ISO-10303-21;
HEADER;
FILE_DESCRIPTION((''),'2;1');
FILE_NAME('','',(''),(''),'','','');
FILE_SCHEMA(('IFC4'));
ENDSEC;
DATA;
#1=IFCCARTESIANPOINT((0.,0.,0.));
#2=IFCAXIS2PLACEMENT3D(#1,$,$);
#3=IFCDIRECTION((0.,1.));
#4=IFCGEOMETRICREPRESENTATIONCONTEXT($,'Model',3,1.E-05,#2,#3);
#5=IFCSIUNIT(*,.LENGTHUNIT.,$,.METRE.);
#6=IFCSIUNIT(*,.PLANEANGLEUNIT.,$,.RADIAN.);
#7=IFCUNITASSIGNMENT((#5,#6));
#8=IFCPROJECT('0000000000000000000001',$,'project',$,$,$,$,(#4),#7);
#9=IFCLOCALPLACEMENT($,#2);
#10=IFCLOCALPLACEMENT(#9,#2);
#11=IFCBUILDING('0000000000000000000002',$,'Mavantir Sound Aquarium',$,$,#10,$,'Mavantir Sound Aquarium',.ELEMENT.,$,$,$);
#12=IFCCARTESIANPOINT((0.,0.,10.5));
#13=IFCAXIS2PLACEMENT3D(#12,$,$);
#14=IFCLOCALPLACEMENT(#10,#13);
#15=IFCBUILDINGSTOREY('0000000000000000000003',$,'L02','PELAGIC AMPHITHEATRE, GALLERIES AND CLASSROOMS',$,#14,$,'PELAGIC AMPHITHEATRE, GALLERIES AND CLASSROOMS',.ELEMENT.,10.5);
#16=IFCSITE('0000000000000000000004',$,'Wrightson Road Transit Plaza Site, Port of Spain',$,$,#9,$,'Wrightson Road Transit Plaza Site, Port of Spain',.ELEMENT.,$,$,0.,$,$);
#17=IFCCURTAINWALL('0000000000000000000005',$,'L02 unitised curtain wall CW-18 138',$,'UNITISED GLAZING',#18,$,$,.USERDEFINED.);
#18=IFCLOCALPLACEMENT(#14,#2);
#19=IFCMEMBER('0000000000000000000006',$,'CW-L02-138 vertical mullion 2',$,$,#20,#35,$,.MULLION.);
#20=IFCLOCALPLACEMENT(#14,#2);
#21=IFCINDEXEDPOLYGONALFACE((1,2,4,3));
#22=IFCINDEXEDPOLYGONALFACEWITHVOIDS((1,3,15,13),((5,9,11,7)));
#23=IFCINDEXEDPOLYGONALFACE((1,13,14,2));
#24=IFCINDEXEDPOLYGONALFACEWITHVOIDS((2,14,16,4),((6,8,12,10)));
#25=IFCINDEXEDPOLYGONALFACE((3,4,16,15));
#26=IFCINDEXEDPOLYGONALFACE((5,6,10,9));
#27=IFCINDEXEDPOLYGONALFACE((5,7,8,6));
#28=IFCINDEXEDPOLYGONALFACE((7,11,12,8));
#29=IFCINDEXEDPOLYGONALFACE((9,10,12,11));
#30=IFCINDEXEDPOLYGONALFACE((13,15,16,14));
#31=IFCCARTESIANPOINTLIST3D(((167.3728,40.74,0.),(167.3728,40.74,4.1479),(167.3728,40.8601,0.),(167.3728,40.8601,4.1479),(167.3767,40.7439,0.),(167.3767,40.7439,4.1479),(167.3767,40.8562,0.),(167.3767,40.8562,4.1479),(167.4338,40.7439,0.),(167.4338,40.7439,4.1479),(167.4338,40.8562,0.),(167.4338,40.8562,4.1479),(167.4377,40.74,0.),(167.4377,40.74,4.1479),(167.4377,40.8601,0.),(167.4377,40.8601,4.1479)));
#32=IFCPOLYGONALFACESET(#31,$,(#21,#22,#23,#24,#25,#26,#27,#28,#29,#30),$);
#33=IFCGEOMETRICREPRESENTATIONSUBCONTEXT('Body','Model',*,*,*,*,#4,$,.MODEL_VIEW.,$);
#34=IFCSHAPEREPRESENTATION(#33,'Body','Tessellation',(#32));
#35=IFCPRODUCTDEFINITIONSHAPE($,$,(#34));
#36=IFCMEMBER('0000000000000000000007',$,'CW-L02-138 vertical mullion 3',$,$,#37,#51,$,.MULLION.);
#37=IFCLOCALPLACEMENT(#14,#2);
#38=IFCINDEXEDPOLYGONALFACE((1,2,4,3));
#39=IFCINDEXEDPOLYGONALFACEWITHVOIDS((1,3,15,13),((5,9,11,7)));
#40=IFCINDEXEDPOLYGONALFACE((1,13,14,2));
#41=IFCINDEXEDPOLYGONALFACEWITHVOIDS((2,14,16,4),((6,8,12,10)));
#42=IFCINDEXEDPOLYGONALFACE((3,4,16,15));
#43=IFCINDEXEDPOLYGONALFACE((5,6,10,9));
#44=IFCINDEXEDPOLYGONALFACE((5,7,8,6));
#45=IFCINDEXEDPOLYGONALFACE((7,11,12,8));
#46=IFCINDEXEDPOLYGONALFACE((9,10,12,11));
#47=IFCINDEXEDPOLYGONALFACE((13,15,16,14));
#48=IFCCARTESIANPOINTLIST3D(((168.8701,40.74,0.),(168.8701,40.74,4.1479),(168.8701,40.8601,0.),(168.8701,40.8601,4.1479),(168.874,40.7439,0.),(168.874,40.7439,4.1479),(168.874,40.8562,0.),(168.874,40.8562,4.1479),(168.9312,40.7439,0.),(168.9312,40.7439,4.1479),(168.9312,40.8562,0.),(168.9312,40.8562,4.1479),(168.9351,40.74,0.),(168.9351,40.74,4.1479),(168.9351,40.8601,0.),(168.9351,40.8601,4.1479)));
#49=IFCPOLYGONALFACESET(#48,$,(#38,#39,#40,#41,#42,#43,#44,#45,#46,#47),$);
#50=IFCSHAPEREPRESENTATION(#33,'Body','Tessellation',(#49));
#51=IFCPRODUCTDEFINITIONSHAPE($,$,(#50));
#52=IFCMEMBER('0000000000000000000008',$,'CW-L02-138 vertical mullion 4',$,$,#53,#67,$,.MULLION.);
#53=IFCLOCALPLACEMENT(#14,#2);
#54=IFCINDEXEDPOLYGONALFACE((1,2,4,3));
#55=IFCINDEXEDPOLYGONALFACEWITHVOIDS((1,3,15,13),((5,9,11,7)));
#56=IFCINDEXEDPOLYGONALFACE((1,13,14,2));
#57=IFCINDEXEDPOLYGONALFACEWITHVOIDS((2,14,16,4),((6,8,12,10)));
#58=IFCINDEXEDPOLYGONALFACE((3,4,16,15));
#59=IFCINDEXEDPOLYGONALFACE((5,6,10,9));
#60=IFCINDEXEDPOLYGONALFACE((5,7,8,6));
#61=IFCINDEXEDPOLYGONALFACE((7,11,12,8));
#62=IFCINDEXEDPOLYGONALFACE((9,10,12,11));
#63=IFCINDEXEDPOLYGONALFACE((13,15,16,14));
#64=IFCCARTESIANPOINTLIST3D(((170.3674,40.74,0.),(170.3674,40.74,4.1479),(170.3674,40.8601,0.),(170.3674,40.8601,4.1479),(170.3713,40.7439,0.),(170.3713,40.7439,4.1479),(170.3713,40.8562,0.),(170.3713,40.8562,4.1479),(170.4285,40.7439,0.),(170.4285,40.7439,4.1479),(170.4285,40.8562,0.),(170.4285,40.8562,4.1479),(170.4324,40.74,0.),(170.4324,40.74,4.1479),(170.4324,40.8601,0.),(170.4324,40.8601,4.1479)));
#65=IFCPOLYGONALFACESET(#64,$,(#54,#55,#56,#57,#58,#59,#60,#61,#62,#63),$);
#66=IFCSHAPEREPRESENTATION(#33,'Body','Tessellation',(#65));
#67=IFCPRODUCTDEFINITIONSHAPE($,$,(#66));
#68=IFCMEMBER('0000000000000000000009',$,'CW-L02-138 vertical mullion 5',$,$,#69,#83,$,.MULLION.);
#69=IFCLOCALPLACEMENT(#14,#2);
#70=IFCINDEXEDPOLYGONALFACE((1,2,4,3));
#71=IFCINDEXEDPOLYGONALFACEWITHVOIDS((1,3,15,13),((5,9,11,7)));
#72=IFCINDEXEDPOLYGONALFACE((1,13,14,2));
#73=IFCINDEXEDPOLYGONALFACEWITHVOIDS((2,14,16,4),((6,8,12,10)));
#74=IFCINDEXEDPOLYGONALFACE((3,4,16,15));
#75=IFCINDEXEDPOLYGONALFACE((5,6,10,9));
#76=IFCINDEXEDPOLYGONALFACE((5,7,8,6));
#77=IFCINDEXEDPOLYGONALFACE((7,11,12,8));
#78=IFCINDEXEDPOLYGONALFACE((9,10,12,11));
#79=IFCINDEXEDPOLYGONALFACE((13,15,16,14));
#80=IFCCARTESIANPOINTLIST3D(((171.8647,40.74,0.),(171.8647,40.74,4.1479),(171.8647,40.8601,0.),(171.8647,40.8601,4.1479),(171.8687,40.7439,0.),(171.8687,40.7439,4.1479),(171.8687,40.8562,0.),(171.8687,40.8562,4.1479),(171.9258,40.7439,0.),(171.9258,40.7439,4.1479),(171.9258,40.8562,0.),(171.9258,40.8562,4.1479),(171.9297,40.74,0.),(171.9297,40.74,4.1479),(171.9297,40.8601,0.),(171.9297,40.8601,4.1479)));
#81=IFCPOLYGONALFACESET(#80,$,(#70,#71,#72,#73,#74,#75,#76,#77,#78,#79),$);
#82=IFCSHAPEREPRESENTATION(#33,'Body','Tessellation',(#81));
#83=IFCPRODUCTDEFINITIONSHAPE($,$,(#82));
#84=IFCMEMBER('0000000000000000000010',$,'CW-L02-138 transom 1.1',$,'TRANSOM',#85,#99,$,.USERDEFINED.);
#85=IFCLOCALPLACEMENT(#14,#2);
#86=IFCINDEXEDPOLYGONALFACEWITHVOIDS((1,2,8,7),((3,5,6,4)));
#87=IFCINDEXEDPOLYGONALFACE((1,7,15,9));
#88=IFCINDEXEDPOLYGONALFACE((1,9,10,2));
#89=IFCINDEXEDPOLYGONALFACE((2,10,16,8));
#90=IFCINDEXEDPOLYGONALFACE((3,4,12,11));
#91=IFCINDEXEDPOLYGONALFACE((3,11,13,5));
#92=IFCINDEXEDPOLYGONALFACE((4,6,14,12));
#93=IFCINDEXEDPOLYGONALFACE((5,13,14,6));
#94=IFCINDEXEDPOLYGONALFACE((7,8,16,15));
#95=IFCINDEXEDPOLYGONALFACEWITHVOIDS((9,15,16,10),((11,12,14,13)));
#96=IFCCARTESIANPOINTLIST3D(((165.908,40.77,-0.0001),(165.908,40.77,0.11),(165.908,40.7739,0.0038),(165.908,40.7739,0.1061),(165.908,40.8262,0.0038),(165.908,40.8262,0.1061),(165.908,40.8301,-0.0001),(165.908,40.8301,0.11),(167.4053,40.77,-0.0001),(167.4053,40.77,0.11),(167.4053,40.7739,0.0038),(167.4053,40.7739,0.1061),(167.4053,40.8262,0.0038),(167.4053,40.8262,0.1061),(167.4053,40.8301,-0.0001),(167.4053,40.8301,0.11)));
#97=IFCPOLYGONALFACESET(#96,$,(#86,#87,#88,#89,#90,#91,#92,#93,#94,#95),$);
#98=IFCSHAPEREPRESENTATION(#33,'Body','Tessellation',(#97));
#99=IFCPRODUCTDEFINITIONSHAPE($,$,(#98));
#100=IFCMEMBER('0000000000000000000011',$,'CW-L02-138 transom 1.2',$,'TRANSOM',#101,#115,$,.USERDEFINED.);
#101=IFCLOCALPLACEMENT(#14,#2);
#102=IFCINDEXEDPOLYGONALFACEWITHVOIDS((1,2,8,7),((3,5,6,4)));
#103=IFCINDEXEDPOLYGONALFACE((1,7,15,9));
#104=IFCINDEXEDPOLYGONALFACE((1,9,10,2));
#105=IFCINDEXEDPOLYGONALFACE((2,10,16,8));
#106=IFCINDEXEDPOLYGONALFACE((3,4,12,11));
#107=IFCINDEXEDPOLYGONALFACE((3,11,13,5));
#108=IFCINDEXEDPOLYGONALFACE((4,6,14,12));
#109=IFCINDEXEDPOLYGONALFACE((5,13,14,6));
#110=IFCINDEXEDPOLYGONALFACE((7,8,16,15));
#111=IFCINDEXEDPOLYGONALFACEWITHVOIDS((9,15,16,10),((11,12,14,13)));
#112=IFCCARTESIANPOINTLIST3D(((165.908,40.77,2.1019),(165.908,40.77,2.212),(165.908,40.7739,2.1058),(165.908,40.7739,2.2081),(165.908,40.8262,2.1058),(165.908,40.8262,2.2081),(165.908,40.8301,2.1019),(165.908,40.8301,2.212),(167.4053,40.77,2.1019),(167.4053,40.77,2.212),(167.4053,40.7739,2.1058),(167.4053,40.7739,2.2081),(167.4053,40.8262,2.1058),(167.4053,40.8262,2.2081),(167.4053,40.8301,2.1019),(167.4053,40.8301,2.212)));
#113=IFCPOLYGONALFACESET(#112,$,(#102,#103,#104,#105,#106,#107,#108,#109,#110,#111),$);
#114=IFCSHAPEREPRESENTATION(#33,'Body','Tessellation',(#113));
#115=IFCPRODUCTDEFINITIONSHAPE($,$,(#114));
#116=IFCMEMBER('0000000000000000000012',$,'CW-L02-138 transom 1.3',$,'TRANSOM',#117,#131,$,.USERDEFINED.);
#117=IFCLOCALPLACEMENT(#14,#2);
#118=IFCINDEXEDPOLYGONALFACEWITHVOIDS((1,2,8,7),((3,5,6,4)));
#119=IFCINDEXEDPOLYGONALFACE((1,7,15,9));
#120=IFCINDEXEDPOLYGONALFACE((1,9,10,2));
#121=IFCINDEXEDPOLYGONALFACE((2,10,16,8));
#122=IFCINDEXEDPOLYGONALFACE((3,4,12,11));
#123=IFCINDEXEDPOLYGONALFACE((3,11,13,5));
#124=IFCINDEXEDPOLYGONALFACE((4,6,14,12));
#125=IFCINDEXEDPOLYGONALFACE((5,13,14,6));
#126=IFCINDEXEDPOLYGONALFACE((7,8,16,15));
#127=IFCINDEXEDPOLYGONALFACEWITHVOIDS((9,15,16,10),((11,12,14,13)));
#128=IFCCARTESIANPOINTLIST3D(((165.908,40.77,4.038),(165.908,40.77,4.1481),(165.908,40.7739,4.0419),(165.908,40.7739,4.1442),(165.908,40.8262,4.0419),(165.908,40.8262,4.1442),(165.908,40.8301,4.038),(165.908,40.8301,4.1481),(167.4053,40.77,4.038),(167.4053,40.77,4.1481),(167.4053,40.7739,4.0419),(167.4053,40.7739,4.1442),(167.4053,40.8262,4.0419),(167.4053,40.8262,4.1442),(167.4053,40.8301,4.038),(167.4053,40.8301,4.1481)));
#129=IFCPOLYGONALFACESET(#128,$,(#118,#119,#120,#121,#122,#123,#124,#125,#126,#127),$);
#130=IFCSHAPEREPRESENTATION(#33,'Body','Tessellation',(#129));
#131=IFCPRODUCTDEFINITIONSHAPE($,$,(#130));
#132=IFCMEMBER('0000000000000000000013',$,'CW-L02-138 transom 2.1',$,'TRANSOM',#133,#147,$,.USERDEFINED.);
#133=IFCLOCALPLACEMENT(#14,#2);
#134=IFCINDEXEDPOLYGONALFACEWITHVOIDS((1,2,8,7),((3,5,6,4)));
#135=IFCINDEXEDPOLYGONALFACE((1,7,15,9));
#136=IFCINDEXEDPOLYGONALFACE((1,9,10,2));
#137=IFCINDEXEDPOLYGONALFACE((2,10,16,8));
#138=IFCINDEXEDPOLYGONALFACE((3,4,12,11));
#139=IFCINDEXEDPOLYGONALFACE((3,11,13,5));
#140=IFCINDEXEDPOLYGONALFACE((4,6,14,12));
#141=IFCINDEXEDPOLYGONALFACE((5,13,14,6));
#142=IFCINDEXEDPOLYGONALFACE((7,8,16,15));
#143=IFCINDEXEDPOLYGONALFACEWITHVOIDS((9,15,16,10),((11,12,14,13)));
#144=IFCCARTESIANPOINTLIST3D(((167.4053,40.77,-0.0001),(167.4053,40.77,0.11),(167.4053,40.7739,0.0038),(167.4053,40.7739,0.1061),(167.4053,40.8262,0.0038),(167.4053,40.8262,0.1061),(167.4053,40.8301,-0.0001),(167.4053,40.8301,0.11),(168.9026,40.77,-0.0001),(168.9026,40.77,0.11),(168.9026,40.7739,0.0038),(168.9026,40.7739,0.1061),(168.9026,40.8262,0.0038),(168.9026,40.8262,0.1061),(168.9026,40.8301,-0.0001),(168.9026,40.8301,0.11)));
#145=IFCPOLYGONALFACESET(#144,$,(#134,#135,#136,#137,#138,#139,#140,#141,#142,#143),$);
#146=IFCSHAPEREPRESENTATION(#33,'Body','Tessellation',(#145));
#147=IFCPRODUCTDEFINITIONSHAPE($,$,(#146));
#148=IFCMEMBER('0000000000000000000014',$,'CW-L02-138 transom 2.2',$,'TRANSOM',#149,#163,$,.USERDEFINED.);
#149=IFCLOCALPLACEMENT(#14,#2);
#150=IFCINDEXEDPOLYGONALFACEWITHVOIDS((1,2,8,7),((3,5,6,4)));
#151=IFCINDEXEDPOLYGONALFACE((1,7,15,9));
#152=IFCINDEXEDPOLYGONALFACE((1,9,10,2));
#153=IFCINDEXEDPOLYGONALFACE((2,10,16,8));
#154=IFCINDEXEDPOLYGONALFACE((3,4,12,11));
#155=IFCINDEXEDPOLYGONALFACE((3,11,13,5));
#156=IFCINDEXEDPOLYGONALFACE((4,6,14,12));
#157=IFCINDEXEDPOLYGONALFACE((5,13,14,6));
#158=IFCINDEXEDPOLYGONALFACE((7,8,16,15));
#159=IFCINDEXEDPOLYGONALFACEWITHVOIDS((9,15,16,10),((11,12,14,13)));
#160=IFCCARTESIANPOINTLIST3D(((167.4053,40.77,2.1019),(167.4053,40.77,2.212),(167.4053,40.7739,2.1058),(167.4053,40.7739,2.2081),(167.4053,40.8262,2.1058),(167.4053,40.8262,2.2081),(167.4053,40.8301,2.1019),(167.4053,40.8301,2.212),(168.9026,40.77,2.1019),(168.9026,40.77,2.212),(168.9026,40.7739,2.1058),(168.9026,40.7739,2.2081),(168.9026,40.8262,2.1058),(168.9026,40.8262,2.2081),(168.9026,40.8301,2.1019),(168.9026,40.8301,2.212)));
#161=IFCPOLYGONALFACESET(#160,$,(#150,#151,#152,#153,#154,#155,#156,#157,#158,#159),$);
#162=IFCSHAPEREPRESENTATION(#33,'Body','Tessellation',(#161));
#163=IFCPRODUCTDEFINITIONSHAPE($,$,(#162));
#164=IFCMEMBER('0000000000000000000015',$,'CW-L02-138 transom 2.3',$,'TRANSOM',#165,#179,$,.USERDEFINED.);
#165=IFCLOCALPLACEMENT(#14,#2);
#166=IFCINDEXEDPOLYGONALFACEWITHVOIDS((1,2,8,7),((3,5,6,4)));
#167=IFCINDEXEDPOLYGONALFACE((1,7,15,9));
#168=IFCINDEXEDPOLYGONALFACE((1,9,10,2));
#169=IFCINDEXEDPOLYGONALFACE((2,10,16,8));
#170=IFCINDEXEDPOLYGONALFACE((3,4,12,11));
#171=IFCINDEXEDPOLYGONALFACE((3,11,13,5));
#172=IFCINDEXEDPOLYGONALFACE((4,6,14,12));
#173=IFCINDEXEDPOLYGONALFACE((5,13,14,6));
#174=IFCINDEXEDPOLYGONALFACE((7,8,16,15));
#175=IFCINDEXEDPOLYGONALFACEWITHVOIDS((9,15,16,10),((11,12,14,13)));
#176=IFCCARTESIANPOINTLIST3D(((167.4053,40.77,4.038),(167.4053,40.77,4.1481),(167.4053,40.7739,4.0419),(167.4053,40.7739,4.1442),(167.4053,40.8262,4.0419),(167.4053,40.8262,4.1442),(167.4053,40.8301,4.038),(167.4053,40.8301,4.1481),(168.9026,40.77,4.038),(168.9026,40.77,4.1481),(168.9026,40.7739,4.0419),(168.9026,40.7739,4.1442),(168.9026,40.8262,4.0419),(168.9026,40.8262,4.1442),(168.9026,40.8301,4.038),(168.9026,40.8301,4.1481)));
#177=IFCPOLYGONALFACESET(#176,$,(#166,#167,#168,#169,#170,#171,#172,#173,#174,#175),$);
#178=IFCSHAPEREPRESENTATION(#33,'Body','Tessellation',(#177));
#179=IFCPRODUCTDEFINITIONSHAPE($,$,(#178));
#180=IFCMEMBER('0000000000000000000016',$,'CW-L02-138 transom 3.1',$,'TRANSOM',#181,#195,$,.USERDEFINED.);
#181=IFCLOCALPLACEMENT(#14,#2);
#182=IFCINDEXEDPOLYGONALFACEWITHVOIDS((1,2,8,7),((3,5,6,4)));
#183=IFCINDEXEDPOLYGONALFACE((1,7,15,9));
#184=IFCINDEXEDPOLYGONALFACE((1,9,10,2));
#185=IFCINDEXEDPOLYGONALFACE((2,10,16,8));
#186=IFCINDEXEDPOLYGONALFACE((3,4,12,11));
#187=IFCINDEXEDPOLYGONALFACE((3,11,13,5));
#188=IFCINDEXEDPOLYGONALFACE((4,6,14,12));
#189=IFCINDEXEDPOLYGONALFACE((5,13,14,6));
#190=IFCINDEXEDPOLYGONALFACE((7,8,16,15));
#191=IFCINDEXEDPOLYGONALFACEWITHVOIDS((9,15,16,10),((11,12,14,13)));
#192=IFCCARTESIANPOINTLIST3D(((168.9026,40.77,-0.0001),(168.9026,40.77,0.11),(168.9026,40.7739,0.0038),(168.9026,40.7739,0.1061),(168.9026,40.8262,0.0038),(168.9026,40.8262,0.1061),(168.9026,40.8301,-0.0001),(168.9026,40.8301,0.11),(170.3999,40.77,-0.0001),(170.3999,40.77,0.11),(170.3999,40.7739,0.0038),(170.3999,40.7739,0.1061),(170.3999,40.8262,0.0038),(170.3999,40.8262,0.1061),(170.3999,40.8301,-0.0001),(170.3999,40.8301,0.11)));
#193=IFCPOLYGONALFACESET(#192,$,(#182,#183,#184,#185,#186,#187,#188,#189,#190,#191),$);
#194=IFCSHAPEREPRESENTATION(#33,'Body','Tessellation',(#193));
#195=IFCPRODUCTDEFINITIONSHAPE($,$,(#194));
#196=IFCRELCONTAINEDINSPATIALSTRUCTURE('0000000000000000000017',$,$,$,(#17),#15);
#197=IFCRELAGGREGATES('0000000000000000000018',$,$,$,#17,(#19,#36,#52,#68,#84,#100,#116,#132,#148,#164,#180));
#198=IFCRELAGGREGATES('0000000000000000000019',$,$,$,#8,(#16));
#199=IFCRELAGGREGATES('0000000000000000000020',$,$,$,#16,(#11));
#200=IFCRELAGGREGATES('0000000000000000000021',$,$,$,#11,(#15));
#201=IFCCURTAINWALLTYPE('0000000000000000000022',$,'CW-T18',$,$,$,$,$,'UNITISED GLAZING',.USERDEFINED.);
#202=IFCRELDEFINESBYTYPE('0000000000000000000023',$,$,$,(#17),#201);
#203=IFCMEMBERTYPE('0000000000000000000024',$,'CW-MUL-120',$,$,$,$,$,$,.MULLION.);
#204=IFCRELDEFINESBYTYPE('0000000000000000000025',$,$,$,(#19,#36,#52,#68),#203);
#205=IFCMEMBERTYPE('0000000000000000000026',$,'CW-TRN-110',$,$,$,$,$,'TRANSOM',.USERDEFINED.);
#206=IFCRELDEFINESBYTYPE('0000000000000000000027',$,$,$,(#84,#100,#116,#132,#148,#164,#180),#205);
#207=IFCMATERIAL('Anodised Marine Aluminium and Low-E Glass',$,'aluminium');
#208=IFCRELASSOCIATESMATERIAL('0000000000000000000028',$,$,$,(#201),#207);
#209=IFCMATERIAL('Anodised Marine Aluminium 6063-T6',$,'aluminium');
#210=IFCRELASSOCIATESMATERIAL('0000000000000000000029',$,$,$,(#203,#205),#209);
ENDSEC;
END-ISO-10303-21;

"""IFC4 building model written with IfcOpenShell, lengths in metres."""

from ifc_helpers import new_model, si_unit, direction, frame, origin, origin_2d, place, context, subcontext, project, spatial, hollow_rectangle, extrude, material, material_profile, profile_set, type_object, element, aggregate, save


model = new_model("IFC4")

# Units and contexts
model_context = context("Model", 3, precision=1e-05, world=origin(), true_north=direction((0.0, 1.0)))
body_context = subcontext(model_context, "Body", "Model", "MODEL_VIEW")
ifc_project = project(units=[si_unit("LENGTHUNIT", "METRE"), si_unit("PLANEANGLEUNIT", "RADIAN")], contexts=[model_context])

# Site, building, storey
site_placement = place(None, origin())
site = spatial("IfcSite", under=ifc_project, at=site_placement, Name="Wrightson Road Transit Plaza Site, Port of Spain", LongName="Wrightson Road Transit Plaza Site, Port of Spain", CompositionType="ELEMENT", RefElevation=0.0)
building_placement = place(site_placement, origin())
building = spatial("IfcBuilding", under=site, at=building_placement, Name="Mavantir Sound Aquarium", LongName="Mavantir Sound Aquarium", CompositionType="ELEMENT")
storey_placement = place(building_placement, frame((0.0, 0.0, 10.5)))
storey = spatial("IfcBuildingStorey", under=building, at=storey_placement, Name="L02", Description="PELAGIC AMPHITHEATRE, GALLERIES AND CLASSROOMS", LongName="PELAGIC AMPHITHEATRE, GALLERIES AND CLASSROOMS", CompositionType="ELEMENT", Elevation=10.5)

# Curtain wall, members
ifc_material_1 = material(Name="Anodised Marine Aluminium and Low-E Glass", Category="aluminium")
curtain_wall_type = type_object("IfcCurtainWallType", Name="CW-T18", ElementType="UNITISED GLAZING", PredefinedType="USERDEFINED", material=ifc_material_1)
curtain_wall_placement = place(storey_placement, origin())
curtain_wall = element("IfcCurtainWall", 1, at=curtain_wall_placement, inside=storey, type_object=curtain_wall_type, Name="L02 unitised curtain wall CW-18 138", ObjectType="UNITISED GLAZING", PredefinedType="USERDEFINED")
ifc_material_2 = material(Name="Anodised Marine Aluminium 6063-T6", Category="aluminium")
ifc_material_profile_1 = material_profile(ifc_material_2, hollow_rectangle(XDim=0.0649, YDim=0.1201, WallThickness=0.0039, at=origin_2d()), Name="ALU-MULLION-120X65")
ifc_profile_set_1 = profile_set([ifc_material_profile_1], Name="Anodised Marine Aluminium 6063-T6")
member_type_1 = type_object("IfcMemberType", Name="CW-MUL-120", PredefinedType="MULLION", material=ifc_profile_set_1)
member_1_placement = place(storey_placement, frame((167.4053, 40.8, 0.0), z_axis=(0.0, 0.0, 1.0), x_axis=(1.0, 0.0, 0.0)))
member_1 = element("IfcMember", 2, at=member_1_placement, type_object=member_type_1, Name="CW-L02-138 vertical mullion 2", PredefinedType="MULLION", context=body_context, shape_type="SweptSolid", body=[
    extrude(hollow_rectangle(XDim=0.0649, YDim=0.1201, WallThickness=0.0039, at=origin_2d()), origin(), (0.0, 0.0, 1.0), 4.1479),
])
member_2_placement = place(storey_placement, frame((168.9026, 40.8, 0.0), z_axis=(0.0, 0.0, 1.0), x_axis=(1.0, 0.0, 0.0)))
member_2 = element("IfcMember", 3, at=member_2_placement, type_object=member_type_1, Name="CW-L02-138 vertical mullion 3", PredefinedType="MULLION", context=body_context, shape_type="SweptSolid", body=[
    extrude(hollow_rectangle(XDim=0.0649, YDim=0.1201, WallThickness=0.0039, at=origin_2d()), origin(), (0.0, 0.0, 1.0), 4.1479),
])
member_3_placement = place(storey_placement, frame((170.3999, 40.8, 0.0), z_axis=(0.0, 0.0, 1.0), x_axis=(1.0, 0.0, 0.0)))
member_3 = element("IfcMember", 4, at=member_3_placement, type_object=member_type_1, Name="CW-L02-138 vertical mullion 4", PredefinedType="MULLION", context=body_context, shape_type="SweptSolid", body=[
    extrude(hollow_rectangle(XDim=0.0649, YDim=0.1201, WallThickness=0.0039, at=origin_2d()), origin(), (0.0, 0.0, 1.0), 4.1479),
])
member_4_placement = place(storey_placement, frame((171.8972, 40.8, 0.0), z_axis=(0.0, 0.0, 1.0), x_axis=(1.0, 0.0, 0.0)))
member_4 = element("IfcMember", 5, at=member_4_placement, type_object=member_type_1, Name="CW-L02-138 vertical mullion 5", PredefinedType="MULLION", context=body_context, shape_type="SweptSolid", body=[
    extrude(hollow_rectangle(XDim=0.0649, YDim=0.1201, WallThickness=0.0039, at=origin_2d()), origin(), (0.0, 0.0, 1.0), 4.1479),
])
ifc_material_profile_2 = material_profile(ifc_material_2, hollow_rectangle(XDim=0.0601, YDim=0.1101, WallThickness=0.0039, at=origin_2d()), Name="ALU-TRANSOM-110X60")
ifc_profile_set_2 = profile_set([ifc_material_profile_2], Name="Anodised Marine Aluminium 6063-T6")
member_type_2 = type_object("IfcMemberType", Name="CW-TRN-110", ElementType="TRANSOM", PredefinedType="USERDEFINED", material=ifc_profile_set_2)
member_5_placement = place(storey_placement, frame((165.908, 40.8, 0.0549), z_axis=(1.0, 0.0, 0.0), x_axis=(0.0, 1.0, 0.0)))
member_5 = element("IfcMember", 6, at=member_5_placement, type_object=member_type_2, Name="CW-L02-138 transom 1.1", ObjectType="TRANSOM", PredefinedType="USERDEFINED", context=body_context, shape_type="SweptSolid", body=[
    extrude(hollow_rectangle(XDim=0.0601, YDim=0.1101, WallThickness=0.0039, at=origin_2d()), origin(), (0.0, 0.0, 1.0), 1.4973),
])
member_6_placement = place(storey_placement, frame((165.908, 40.8, 2.157), z_axis=(1.0, 0.0, 0.0), x_axis=(0.0, 1.0, 0.0)))
member_6 = element("IfcMember", 7, at=member_6_placement, type_object=member_type_2, Name="CW-L02-138 transom 1.2", ObjectType="TRANSOM", PredefinedType="USERDEFINED", context=body_context, shape_type="SweptSolid", body=[
    extrude(hollow_rectangle(XDim=0.0601, YDim=0.1101, WallThickness=0.0039, at=origin_2d()), origin(), (0.0, 0.0, 1.0), 1.4973),
])
member_7_placement = place(storey_placement, frame((165.908, 40.8, 4.093), z_axis=(1.0, 0.0, 0.0), x_axis=(0.0, 1.0, 0.0)))
member_7 = element("IfcMember", 8, at=member_7_placement, type_object=member_type_2, Name="CW-L02-138 transom 1.3", ObjectType="TRANSOM", PredefinedType="USERDEFINED", context=body_context, shape_type="SweptSolid", body=[
    extrude(hollow_rectangle(XDim=0.0601, YDim=0.1101, WallThickness=0.0039, at=origin_2d()), origin(), (0.0, 0.0, 1.0), 1.4973),
])
member_8_placement = place(storey_placement, frame((167.4053, 40.8, 0.0549), z_axis=(1.0, 0.0, 0.0), x_axis=(0.0, 1.0, 0.0)))
member_8 = element("IfcMember", 9, at=member_8_placement, type_object=member_type_2, Name="CW-L02-138 transom 2.1", ObjectType="TRANSOM", PredefinedType="USERDEFINED", context=body_context, shape_type="SweptSolid", body=[
    extrude(hollow_rectangle(XDim=0.0601, YDim=0.1101, WallThickness=0.0039, at=origin_2d()), origin(), (0.0, 0.0, 1.0), 1.4973),
])
member_9_placement = place(storey_placement, frame((167.4053, 40.8, 2.157), z_axis=(1.0, 0.0, 0.0), x_axis=(0.0, 1.0, 0.0)))
member_9 = element("IfcMember", 10, at=member_9_placement, type_object=member_type_2, Name="CW-L02-138 transom 2.2", ObjectType="TRANSOM", PredefinedType="USERDEFINED", context=body_context, shape_type="SweptSolid", body=[
    extrude(hollow_rectangle(XDim=0.0601, YDim=0.1101, WallThickness=0.0039, at=origin_2d()), origin(), (0.0, 0.0, 1.0), 1.4973),
])
member_10_placement = place(storey_placement, frame((167.4053, 40.8, 4.093), z_axis=(1.0, 0.0, 0.0), x_axis=(0.0, 1.0, 0.0)))
member_10 = element("IfcMember", 11, at=member_10_placement, type_object=member_type_2, Name="CW-L02-138 transom 2.3", ObjectType="TRANSOM", PredefinedType="USERDEFINED", context=body_context, shape_type="SweptSolid", body=[
    extrude(hollow_rectangle(XDim=0.0601, YDim=0.1101, WallThickness=0.0039, at=origin_2d()), origin(), (0.0, 0.0, 1.0), 1.4973),
])
member_11_placement = place(storey_placement, frame((168.9026, 40.8, 0.0549), z_axis=(1.0, 0.0, 0.0), x_axis=(0.0, 1.0, 0.0)))
member_11 = element("IfcMember", 12, at=member_11_placement, type_object=member_type_2, Name="CW-L02-138 transom 3.1", ObjectType="TRANSOM", PredefinedType="USERDEFINED", context=body_context, shape_type="SweptSolid", body=[
    extrude(hollow_rectangle(XDim=0.0601, YDim=0.1101, WallThickness=0.0039, at=origin_2d()), origin(), (0.0, 0.0, 1.0), 1.4973),
])
aggregate(curtain_wall, [member_1, member_2, member_3, member_4, member_5, member_6, member_7, member_8, member_9, member_10, member_11])

save(model, "model.ifc")
